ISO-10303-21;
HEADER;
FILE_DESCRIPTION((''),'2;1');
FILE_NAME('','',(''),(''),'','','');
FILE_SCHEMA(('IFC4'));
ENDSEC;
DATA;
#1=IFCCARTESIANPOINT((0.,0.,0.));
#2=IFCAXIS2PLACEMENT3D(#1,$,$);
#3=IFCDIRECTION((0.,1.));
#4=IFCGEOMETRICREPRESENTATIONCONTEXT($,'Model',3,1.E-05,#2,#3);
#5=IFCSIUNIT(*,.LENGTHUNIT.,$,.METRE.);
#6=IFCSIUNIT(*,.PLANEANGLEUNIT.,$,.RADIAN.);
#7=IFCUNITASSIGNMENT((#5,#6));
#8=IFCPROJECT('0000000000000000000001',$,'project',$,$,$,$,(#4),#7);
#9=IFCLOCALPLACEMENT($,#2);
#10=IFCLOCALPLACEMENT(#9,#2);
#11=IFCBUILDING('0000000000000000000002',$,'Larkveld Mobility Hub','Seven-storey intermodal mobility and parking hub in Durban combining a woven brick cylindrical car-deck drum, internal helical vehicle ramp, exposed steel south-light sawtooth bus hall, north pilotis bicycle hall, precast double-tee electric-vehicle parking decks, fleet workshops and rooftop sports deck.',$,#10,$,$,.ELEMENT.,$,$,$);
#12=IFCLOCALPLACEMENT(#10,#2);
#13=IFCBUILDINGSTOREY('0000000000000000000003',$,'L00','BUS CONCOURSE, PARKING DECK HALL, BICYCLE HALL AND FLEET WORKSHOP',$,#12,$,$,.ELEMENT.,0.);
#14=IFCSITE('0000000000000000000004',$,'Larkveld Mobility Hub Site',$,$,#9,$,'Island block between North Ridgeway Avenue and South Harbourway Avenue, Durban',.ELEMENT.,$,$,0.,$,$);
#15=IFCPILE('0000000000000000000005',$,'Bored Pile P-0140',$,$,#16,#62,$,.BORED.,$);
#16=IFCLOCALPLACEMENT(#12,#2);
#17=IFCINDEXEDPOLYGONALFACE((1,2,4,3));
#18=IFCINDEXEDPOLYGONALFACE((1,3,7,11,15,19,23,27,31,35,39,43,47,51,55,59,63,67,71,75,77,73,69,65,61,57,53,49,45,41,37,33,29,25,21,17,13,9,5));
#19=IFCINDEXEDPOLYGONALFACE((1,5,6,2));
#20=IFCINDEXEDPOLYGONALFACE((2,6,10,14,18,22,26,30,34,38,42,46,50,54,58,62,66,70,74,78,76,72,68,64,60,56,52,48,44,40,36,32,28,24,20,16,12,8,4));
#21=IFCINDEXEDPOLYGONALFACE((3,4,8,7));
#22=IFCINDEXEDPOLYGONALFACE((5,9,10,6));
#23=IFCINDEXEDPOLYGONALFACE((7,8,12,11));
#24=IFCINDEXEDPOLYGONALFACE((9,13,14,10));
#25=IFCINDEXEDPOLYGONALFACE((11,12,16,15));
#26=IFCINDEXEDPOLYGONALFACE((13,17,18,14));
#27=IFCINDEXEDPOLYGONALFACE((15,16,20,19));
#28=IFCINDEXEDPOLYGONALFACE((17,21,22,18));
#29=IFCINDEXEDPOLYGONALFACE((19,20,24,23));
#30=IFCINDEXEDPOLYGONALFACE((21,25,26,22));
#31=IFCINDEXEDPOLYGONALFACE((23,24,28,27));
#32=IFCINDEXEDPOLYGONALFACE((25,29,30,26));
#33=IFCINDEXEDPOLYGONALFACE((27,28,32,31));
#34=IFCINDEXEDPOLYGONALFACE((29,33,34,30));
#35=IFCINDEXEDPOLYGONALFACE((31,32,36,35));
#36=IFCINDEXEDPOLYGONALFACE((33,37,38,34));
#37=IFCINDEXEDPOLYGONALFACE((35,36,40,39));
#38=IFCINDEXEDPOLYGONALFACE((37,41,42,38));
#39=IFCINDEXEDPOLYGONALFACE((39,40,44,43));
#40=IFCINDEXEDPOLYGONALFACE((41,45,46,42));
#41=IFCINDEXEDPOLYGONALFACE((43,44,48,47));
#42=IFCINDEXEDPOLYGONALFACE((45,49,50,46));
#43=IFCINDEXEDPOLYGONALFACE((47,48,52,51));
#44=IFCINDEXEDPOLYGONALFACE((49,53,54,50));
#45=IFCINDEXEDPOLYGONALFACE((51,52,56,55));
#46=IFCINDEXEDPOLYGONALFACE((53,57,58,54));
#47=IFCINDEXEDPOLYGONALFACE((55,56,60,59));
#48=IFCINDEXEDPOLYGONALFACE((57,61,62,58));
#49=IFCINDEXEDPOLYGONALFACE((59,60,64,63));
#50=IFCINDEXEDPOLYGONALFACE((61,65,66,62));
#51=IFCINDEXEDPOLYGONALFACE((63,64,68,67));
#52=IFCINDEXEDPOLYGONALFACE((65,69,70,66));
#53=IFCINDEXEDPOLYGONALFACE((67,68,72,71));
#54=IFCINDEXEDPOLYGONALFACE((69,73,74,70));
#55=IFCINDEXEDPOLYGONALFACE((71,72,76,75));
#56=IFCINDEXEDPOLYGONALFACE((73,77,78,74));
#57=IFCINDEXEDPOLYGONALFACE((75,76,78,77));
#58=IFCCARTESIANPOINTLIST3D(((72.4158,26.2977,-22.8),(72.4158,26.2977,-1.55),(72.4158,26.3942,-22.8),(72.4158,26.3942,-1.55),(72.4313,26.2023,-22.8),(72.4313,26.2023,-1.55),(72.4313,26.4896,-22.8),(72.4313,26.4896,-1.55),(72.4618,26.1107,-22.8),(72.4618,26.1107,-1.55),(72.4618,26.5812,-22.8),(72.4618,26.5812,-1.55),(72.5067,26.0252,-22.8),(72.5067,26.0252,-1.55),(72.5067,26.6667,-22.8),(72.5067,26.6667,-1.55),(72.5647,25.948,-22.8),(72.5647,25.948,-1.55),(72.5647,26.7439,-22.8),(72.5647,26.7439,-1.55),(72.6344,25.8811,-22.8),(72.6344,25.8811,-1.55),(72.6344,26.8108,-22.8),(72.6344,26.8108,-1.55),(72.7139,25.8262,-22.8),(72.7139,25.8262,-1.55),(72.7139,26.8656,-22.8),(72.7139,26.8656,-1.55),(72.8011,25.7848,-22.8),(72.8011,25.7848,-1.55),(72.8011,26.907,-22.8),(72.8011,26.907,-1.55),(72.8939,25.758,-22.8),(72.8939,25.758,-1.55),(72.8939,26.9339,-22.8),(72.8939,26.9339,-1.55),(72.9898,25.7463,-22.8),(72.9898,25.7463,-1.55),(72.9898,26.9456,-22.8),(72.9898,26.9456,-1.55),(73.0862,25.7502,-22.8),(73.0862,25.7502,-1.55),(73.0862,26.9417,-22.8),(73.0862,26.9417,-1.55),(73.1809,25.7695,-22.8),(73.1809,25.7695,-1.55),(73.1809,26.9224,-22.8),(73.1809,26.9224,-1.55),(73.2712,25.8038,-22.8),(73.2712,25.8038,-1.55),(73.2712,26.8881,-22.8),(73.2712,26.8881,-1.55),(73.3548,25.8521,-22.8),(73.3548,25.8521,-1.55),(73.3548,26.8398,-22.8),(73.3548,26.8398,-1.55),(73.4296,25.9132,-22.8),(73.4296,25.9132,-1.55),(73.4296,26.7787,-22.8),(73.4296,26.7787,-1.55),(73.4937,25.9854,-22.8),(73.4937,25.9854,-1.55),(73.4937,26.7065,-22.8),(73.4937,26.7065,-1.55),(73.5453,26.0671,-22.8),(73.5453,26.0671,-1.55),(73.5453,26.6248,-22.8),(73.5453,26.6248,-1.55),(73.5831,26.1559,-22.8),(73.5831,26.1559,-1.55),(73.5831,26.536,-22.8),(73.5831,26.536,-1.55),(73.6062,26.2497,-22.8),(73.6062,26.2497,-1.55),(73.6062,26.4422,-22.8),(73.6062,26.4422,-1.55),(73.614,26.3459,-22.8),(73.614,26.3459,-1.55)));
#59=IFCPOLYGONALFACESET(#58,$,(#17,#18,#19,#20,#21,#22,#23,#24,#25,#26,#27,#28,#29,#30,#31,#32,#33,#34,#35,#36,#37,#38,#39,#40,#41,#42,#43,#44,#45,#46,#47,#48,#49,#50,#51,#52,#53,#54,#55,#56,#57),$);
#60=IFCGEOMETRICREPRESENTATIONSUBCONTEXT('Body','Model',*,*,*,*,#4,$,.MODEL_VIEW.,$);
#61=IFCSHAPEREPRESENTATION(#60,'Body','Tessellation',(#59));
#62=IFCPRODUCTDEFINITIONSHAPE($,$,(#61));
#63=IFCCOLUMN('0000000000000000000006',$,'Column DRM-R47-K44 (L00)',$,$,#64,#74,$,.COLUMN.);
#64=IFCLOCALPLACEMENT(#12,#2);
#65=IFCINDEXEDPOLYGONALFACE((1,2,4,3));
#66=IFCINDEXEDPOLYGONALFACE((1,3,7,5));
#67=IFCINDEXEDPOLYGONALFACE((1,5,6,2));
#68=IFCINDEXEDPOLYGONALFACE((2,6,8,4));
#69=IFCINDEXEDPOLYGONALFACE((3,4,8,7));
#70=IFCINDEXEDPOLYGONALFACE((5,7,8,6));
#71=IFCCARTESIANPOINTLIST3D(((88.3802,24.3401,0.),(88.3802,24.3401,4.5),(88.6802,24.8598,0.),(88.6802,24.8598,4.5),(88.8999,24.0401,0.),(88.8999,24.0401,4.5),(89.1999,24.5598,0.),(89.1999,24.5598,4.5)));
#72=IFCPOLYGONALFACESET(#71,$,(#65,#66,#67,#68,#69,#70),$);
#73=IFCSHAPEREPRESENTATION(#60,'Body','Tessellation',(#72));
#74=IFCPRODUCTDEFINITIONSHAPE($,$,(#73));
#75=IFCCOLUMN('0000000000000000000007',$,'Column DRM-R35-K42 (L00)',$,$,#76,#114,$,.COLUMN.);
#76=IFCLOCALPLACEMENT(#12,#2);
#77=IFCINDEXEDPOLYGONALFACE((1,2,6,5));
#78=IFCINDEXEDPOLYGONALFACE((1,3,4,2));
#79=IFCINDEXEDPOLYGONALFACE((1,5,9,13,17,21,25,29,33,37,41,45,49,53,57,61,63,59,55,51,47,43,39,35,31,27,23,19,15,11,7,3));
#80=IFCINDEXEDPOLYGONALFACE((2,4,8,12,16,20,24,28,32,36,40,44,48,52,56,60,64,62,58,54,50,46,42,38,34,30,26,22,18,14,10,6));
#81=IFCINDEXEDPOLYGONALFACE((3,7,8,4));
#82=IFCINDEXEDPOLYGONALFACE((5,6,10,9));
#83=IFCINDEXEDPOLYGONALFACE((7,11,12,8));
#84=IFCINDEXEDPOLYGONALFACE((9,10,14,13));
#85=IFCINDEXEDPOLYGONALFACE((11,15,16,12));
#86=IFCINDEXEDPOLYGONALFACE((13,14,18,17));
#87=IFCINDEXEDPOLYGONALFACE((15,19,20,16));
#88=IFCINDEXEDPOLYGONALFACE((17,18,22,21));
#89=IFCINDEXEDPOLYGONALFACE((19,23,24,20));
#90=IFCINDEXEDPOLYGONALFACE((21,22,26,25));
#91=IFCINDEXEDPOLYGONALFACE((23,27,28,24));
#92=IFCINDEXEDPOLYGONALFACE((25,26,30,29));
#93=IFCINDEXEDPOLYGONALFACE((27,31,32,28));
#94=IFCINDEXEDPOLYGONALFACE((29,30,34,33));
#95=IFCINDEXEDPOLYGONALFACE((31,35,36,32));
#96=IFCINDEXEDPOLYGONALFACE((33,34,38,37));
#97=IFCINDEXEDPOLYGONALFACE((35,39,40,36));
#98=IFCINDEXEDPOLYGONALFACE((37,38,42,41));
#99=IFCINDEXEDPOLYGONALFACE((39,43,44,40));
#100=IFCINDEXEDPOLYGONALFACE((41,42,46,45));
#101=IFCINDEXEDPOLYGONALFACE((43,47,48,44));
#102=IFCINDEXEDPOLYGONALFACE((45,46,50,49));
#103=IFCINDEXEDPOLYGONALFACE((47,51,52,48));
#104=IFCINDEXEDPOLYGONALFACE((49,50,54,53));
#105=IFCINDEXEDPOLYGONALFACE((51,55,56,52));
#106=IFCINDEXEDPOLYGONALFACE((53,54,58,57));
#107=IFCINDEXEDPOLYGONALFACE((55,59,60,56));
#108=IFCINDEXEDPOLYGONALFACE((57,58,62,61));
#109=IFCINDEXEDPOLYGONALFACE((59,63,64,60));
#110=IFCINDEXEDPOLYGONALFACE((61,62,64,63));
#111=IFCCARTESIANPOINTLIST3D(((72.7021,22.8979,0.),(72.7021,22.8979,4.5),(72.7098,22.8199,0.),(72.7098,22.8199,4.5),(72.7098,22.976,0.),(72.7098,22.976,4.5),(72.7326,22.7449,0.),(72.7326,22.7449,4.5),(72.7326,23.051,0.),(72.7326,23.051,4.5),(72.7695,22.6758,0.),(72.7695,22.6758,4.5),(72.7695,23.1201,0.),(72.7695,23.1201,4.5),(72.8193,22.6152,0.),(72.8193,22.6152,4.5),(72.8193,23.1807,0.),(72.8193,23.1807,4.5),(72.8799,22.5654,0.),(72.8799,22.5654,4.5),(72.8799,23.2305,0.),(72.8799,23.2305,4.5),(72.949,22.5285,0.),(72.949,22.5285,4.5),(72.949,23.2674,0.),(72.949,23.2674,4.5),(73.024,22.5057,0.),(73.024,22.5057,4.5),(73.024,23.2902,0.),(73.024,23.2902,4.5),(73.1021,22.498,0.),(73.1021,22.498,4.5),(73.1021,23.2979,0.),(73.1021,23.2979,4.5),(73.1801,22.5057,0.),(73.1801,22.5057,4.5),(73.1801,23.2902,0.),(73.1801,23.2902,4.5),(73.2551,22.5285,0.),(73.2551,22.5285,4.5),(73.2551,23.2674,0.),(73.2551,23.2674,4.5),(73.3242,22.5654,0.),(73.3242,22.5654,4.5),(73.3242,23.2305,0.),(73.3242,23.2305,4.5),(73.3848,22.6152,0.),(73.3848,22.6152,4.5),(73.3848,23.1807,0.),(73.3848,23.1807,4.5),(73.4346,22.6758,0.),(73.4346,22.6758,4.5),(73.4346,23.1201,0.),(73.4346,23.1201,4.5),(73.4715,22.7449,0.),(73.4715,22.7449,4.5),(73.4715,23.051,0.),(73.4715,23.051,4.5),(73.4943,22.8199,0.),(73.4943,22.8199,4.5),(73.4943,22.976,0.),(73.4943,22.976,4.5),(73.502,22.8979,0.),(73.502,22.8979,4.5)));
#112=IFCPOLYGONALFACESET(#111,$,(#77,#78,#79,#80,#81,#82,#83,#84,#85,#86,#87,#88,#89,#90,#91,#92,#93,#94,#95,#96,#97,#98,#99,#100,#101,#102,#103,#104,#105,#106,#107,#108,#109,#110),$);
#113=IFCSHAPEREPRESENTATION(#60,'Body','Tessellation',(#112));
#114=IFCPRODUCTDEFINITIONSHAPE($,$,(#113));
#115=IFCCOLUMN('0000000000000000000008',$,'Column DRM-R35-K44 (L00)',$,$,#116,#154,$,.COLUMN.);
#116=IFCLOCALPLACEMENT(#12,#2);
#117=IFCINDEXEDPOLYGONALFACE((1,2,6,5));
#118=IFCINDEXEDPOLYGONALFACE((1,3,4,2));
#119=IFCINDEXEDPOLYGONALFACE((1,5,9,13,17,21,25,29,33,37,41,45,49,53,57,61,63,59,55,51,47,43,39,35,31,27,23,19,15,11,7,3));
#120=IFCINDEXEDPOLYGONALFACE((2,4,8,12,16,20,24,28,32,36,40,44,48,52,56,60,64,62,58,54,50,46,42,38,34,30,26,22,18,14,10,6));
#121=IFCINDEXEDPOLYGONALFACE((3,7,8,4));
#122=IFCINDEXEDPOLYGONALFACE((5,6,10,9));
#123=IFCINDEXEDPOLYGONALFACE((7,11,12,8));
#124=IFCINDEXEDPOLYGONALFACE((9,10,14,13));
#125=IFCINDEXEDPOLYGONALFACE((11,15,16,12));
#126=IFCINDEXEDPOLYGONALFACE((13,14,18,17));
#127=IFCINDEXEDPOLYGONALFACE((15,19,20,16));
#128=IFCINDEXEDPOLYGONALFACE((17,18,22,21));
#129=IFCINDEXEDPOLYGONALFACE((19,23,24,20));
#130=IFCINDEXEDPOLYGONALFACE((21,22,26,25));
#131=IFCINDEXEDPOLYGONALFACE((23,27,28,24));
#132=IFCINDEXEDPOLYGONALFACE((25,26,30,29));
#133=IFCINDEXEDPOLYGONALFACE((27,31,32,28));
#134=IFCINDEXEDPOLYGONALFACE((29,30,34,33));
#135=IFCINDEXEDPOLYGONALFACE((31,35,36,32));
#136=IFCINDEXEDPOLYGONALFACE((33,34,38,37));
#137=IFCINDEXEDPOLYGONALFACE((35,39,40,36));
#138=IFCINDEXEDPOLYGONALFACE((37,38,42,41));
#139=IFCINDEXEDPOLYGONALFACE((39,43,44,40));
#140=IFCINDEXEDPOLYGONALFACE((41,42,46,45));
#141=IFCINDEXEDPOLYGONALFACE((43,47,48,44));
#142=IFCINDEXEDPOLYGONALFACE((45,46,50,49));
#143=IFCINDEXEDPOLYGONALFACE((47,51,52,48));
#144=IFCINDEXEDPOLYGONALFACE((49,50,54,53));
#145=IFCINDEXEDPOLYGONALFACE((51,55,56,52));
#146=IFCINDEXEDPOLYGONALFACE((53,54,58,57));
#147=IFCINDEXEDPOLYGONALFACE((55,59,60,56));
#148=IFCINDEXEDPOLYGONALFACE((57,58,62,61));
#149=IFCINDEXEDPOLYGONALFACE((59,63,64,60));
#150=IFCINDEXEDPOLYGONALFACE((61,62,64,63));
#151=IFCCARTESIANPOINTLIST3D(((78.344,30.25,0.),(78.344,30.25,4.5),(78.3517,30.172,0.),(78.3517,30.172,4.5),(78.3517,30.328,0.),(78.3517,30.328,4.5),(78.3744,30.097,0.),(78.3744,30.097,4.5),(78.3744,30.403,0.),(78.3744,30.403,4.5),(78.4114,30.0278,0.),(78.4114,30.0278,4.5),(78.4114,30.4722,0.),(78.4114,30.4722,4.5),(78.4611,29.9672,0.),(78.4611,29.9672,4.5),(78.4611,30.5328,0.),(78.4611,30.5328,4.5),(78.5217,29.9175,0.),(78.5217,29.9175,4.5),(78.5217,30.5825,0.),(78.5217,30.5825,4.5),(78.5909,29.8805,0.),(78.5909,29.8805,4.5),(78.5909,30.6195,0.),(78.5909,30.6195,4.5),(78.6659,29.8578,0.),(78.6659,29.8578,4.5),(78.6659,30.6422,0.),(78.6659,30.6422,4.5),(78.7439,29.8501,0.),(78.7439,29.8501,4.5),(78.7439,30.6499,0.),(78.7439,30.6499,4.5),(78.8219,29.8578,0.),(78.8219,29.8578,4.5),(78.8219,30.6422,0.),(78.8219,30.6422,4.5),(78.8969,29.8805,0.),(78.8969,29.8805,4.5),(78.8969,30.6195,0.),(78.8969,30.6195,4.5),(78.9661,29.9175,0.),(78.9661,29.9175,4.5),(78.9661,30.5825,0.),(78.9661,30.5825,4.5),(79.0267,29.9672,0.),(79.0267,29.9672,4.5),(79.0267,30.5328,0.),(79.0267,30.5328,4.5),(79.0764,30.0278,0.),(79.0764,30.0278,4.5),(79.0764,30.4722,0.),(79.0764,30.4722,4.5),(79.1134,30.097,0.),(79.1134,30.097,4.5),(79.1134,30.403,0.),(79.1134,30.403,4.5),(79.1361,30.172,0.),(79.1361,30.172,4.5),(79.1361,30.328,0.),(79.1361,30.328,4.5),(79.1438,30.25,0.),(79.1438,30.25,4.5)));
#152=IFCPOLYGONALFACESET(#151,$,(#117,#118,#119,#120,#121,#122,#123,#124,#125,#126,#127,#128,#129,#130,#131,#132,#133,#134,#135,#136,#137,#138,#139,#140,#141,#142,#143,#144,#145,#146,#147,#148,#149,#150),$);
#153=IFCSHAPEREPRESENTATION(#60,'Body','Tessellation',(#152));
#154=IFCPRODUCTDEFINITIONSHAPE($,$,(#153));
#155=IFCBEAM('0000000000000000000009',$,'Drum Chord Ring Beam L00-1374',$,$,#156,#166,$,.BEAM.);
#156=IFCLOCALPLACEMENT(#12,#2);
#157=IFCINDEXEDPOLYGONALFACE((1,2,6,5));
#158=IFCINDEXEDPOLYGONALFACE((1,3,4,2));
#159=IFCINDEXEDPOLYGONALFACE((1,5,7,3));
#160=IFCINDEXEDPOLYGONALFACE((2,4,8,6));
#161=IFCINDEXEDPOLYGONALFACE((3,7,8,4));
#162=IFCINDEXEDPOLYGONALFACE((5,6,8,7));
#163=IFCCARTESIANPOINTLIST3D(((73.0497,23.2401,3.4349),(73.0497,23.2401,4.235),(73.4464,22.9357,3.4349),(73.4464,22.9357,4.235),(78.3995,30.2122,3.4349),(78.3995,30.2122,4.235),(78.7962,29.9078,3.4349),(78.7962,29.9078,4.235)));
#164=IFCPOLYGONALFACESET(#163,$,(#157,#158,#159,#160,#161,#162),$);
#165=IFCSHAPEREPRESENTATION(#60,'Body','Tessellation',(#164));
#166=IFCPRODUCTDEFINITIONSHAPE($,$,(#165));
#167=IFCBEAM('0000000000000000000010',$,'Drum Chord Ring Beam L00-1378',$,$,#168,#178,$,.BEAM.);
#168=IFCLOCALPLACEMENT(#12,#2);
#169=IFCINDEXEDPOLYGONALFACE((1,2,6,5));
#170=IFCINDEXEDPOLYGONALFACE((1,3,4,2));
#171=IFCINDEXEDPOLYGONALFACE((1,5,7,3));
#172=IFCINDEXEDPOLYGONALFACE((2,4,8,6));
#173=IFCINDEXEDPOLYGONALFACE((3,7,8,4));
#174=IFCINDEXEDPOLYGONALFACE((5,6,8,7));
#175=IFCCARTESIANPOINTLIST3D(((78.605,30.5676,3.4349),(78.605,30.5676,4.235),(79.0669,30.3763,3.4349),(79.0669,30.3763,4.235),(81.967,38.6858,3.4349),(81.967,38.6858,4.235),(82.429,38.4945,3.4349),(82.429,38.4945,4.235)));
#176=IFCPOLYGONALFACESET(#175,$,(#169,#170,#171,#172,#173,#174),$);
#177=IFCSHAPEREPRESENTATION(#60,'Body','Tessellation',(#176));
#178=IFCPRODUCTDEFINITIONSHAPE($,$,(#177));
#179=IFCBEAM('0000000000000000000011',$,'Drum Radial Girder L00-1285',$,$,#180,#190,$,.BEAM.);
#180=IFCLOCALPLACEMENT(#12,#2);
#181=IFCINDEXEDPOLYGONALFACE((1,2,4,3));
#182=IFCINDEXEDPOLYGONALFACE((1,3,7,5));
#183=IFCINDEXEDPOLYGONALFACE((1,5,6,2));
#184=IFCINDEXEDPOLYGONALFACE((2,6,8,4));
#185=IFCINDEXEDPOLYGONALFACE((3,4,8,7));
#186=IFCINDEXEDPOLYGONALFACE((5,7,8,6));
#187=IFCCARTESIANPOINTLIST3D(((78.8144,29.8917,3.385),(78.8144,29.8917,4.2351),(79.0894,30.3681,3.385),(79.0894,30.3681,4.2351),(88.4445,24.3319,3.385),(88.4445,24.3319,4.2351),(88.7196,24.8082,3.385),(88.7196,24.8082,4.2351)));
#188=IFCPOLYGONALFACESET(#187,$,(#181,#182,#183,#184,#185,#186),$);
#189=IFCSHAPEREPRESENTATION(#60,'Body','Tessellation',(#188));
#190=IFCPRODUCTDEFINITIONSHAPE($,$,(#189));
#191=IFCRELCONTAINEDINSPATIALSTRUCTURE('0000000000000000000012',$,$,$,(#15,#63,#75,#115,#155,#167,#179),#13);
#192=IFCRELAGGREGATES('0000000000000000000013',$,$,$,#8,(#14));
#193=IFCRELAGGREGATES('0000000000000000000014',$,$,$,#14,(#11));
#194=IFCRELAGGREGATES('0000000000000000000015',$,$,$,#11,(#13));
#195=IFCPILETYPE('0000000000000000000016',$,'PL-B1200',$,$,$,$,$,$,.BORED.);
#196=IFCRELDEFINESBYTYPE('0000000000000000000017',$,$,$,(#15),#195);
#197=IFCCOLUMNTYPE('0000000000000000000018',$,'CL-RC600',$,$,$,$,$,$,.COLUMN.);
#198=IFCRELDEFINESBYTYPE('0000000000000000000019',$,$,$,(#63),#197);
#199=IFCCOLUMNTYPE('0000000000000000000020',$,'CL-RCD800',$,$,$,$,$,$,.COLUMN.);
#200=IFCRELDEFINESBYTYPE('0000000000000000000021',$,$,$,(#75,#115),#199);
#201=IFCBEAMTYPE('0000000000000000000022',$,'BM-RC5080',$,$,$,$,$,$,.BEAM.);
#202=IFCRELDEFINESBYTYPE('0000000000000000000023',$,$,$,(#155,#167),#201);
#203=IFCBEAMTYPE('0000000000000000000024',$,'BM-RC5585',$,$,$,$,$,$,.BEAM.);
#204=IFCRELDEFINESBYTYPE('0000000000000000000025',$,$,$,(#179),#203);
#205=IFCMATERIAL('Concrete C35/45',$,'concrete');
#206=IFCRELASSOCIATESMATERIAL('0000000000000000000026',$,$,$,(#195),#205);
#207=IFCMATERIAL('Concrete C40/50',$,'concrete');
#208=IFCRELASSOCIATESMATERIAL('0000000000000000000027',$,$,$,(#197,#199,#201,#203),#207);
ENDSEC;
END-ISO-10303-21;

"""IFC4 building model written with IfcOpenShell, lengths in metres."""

from ifc_helpers import new_model, si_unit, direction, frame, origin, origin_2d, place, context, subcontext, project, spatial, rectangle, circle, extrude, material, material_profile, profile_set, type_object, element, save


model = new_model("IFC4")

# Units and contexts
model_context = context("Model", 3, precision=1e-05, world=origin(), true_north=direction((0.0, 1.0)))
body_context = subcontext(model_context, "Body", "Model", "MODEL_VIEW")
ifc_project = project(units=[si_unit("LENGTHUNIT", "METRE"), si_unit("PLANEANGLEUNIT", "RADIAN")], contexts=[model_context])

# Site, building, storey
site_placement = place(None, origin())
site = spatial("IfcSite", under=ifc_project, at=site_placement, Name="Larkveld Mobility Hub Site", LongName="Island block between North Ridgeway Avenue and South Harbourway Avenue, Durban", CompositionType="ELEMENT", RefElevation=0.0)
building_placement = place(site_placement, origin())
building = spatial("IfcBuilding", under=site, at=building_placement, Name="Larkveld Mobility Hub", Description="Seven-storey intermodal mobility and parking hub in Durban combining a woven brick cylindrical car-deck drum, internal helical vehicle ramp, exposed steel south-light sawtooth bus hall, north pilotis bicycle hall, precast double-tee electric-vehicle parking decks, fleet workshops and rooftop sports deck.", CompositionType="ELEMENT")
storey_placement = place(building_placement, origin())
storey = spatial("IfcBuildingStorey", under=building, at=storey_placement, Name="L00", Description="BUS CONCOURSE, PARKING DECK HALL, BICYCLE HALL AND FLEET WORKSHOP", CompositionType="ELEMENT", Elevation=0.0)

# Shared definitions
ifc_material_1 = material(Name="Concrete C35/45", Category="concrete")

# Pile
ifc_material_profile_1 = material_profile(ifc_material_1, circle(Radius=0.6001, at=origin_2d()), Name="PILE D1200")
ifc_profile_set_1 = profile_set([ifc_material_profile_1], Name="Concrete C35/45")
pile_type_1 = type_object("IfcPileType", Name="PL-B1200", PredefinedType="BORED", material=ifc_profile_set_1)
for number, where, z_axis, x_axis, name in (
    (1, (73.0139, 26.3459, -1.55), (0.0, 0.0, -1.0), (1.0, 0.0, 0.0), "Bored Pile P-0140"),
):
    element("IfcPile", number, at=place(storey_placement, frame(where, z_axis=z_axis, x_axis=x_axis)), inside=storey, type_object=pile_type_1, Name=name, PredefinedType="BORED", context=body_context, shape_type="SweptSolid", body=[
        extrude(circle(Radius=0.6001, at=origin_2d()), origin(), (0.0, 0.0, 1.0), 21.25),
    ])

# Columns
ifc_material_2 = material(Name="Concrete C40/50", Category="concrete")
ifc_material_profile_2 = material_profile(ifc_material_2, rectangle(XDim=0.6001, YDim=0.6001, at=origin_2d()), Name="RC COL 600x600")
ifc_profile_set_2 = profile_set([ifc_material_profile_2], Name="Concrete C40/50")
column_type_1 = type_object("IfcColumnType", Name="CL-RC600", PredefinedType="COLUMN", material=ifc_profile_set_2)
column_placement = place(storey_placement, frame((88.79, 24.45, 0.0), z_axis=(0.0, 0.0, 1.0), x_axis=(-0.866025, 0.5, 0.0)))
element("IfcColumn", 2, at=column_placement, inside=storey, type_object=column_type_1, Name="Column DRM-R47-K44 (L00)", PredefinedType="COLUMN", context=body_context, shape_type="SweptSolid", body=[
    extrude(rectangle(XDim=0.6001, YDim=0.6001, at=origin_2d()), origin(), (0.0, 0.0, 1.0), 4.5),
])
ifc_material_profile_3 = material_profile(ifc_material_2, circle(Radius=0.3999, at=origin_2d()), Name="RC COL D800")
ifc_profile_set_3 = profile_set([ifc_material_profile_3], Name="Concrete C40/50")
column_type_2 = type_object("IfcColumnType", Name="CL-RCD800", PredefinedType="COLUMN", material=ifc_profile_set_3)
for number, where, z_axis, x_axis, name in (
    (3, (73.1021, 22.8979, 0.0), (0.0, 0.0, 1.0), (1.0, 0.0, 0.0), "Column DRM-R35-K42 (L00)"),
    (4, (78.7439, 30.25, 0.0), (0.0, 0.0, 1.0), (1.0, 0.0, 0.0), "Column DRM-R35-K44 (L00)"),
):
    element("IfcColumn", number, at=place(storey_placement, frame(where, z_axis=z_axis, x_axis=x_axis)), inside=storey, type_object=column_type_2, Name=name, PredefinedType="COLUMN", context=body_context, shape_type="SweptSolid", body=[
        extrude(circle(Radius=0.3999, at=origin_2d()), origin(), (0.0, 0.0, 1.0), 4.5),
    ])

# Beams
ifc_material_profile_4 = material_profile(ifc_material_2, rectangle(XDim=0.5, YDim=0.8, at=origin_2d()), Name="RC BM 500x800")
ifc_profile_set_4 = profile_set([ifc_material_profile_4], Name="Concrete C40/50")
beam_type_1 = type_object("IfcBeamType", Name="BM-RC5080", PredefinedType="BEAM", material=ifc_profile_set_4)
beam_1_placement = place(storey_placement, frame((73.248, 23.0879, 3.835), z_axis=(0.608756, 0.793358, 0.0), x_axis=(-0.793358, 0.608756, 0.0)))
element("IfcBeam", 5, at=beam_1_placement, inside=storey, type_object=beam_type_1, Name="Drum Chord Ring Beam L00-1374", PredefinedType="BEAM", context=body_context, shape_type="SweptSolid", body=[
    extrude(rectangle(XDim=0.5, YDim=0.8, at=origin_2d()), origin(), (0.0, 0.0, 1.0), 8.7881),
])
beam_2_placement = place(storey_placement, frame((78.8359, 30.4719, 3.835), z_axis=(0.382626, 0.923903, 0.0), x_axis=(-0.923903, 0.382626, 0.0)))
element("IfcBeam", 6, at=beam_2_placement, inside=storey, type_object=beam_type_1, Name="Drum Chord Ring Beam L00-1378", PredefinedType="BEAM", context=body_context, shape_type="SweptSolid", body=[
    extrude(rectangle(XDim=0.5, YDim=0.8, at=origin_2d()), origin(), (0.0, 0.0, 1.0), 8.7869),
])
ifc_material_profile_5 = material_profile(ifc_material_2, rectangle(XDim=0.55, YDim=0.8501, at=origin_2d()), Name="RC BM 550x850")
ifc_profile_set_5 = profile_set([ifc_material_profile_5], Name="Concrete C40/50")
beam_type_2 = type_object("IfcBeamType", Name="BM-RC5585", PredefinedType="BEAM", material=ifc_profile_set_5)
beam_3_placement = place(storey_placement, frame((78.9519, 30.1299, 3.8101), z_axis=(0.866031, -0.49999, 0.0), x_axis=(0.49999, 0.866031, 0.0)))
element("IfcBeam", 7, at=beam_3_placement, inside=storey, type_object=beam_type_2, Name="Drum Radial Girder L00-1285", PredefinedType="BEAM", context=body_context, shape_type="SweptSolid", body=[
    extrude(rectangle(XDim=0.55, YDim=0.8501, at=origin_2d()), origin(), (0.0, 0.0, 1.0), 11.1199),
])

save(model, "model.ifc")
